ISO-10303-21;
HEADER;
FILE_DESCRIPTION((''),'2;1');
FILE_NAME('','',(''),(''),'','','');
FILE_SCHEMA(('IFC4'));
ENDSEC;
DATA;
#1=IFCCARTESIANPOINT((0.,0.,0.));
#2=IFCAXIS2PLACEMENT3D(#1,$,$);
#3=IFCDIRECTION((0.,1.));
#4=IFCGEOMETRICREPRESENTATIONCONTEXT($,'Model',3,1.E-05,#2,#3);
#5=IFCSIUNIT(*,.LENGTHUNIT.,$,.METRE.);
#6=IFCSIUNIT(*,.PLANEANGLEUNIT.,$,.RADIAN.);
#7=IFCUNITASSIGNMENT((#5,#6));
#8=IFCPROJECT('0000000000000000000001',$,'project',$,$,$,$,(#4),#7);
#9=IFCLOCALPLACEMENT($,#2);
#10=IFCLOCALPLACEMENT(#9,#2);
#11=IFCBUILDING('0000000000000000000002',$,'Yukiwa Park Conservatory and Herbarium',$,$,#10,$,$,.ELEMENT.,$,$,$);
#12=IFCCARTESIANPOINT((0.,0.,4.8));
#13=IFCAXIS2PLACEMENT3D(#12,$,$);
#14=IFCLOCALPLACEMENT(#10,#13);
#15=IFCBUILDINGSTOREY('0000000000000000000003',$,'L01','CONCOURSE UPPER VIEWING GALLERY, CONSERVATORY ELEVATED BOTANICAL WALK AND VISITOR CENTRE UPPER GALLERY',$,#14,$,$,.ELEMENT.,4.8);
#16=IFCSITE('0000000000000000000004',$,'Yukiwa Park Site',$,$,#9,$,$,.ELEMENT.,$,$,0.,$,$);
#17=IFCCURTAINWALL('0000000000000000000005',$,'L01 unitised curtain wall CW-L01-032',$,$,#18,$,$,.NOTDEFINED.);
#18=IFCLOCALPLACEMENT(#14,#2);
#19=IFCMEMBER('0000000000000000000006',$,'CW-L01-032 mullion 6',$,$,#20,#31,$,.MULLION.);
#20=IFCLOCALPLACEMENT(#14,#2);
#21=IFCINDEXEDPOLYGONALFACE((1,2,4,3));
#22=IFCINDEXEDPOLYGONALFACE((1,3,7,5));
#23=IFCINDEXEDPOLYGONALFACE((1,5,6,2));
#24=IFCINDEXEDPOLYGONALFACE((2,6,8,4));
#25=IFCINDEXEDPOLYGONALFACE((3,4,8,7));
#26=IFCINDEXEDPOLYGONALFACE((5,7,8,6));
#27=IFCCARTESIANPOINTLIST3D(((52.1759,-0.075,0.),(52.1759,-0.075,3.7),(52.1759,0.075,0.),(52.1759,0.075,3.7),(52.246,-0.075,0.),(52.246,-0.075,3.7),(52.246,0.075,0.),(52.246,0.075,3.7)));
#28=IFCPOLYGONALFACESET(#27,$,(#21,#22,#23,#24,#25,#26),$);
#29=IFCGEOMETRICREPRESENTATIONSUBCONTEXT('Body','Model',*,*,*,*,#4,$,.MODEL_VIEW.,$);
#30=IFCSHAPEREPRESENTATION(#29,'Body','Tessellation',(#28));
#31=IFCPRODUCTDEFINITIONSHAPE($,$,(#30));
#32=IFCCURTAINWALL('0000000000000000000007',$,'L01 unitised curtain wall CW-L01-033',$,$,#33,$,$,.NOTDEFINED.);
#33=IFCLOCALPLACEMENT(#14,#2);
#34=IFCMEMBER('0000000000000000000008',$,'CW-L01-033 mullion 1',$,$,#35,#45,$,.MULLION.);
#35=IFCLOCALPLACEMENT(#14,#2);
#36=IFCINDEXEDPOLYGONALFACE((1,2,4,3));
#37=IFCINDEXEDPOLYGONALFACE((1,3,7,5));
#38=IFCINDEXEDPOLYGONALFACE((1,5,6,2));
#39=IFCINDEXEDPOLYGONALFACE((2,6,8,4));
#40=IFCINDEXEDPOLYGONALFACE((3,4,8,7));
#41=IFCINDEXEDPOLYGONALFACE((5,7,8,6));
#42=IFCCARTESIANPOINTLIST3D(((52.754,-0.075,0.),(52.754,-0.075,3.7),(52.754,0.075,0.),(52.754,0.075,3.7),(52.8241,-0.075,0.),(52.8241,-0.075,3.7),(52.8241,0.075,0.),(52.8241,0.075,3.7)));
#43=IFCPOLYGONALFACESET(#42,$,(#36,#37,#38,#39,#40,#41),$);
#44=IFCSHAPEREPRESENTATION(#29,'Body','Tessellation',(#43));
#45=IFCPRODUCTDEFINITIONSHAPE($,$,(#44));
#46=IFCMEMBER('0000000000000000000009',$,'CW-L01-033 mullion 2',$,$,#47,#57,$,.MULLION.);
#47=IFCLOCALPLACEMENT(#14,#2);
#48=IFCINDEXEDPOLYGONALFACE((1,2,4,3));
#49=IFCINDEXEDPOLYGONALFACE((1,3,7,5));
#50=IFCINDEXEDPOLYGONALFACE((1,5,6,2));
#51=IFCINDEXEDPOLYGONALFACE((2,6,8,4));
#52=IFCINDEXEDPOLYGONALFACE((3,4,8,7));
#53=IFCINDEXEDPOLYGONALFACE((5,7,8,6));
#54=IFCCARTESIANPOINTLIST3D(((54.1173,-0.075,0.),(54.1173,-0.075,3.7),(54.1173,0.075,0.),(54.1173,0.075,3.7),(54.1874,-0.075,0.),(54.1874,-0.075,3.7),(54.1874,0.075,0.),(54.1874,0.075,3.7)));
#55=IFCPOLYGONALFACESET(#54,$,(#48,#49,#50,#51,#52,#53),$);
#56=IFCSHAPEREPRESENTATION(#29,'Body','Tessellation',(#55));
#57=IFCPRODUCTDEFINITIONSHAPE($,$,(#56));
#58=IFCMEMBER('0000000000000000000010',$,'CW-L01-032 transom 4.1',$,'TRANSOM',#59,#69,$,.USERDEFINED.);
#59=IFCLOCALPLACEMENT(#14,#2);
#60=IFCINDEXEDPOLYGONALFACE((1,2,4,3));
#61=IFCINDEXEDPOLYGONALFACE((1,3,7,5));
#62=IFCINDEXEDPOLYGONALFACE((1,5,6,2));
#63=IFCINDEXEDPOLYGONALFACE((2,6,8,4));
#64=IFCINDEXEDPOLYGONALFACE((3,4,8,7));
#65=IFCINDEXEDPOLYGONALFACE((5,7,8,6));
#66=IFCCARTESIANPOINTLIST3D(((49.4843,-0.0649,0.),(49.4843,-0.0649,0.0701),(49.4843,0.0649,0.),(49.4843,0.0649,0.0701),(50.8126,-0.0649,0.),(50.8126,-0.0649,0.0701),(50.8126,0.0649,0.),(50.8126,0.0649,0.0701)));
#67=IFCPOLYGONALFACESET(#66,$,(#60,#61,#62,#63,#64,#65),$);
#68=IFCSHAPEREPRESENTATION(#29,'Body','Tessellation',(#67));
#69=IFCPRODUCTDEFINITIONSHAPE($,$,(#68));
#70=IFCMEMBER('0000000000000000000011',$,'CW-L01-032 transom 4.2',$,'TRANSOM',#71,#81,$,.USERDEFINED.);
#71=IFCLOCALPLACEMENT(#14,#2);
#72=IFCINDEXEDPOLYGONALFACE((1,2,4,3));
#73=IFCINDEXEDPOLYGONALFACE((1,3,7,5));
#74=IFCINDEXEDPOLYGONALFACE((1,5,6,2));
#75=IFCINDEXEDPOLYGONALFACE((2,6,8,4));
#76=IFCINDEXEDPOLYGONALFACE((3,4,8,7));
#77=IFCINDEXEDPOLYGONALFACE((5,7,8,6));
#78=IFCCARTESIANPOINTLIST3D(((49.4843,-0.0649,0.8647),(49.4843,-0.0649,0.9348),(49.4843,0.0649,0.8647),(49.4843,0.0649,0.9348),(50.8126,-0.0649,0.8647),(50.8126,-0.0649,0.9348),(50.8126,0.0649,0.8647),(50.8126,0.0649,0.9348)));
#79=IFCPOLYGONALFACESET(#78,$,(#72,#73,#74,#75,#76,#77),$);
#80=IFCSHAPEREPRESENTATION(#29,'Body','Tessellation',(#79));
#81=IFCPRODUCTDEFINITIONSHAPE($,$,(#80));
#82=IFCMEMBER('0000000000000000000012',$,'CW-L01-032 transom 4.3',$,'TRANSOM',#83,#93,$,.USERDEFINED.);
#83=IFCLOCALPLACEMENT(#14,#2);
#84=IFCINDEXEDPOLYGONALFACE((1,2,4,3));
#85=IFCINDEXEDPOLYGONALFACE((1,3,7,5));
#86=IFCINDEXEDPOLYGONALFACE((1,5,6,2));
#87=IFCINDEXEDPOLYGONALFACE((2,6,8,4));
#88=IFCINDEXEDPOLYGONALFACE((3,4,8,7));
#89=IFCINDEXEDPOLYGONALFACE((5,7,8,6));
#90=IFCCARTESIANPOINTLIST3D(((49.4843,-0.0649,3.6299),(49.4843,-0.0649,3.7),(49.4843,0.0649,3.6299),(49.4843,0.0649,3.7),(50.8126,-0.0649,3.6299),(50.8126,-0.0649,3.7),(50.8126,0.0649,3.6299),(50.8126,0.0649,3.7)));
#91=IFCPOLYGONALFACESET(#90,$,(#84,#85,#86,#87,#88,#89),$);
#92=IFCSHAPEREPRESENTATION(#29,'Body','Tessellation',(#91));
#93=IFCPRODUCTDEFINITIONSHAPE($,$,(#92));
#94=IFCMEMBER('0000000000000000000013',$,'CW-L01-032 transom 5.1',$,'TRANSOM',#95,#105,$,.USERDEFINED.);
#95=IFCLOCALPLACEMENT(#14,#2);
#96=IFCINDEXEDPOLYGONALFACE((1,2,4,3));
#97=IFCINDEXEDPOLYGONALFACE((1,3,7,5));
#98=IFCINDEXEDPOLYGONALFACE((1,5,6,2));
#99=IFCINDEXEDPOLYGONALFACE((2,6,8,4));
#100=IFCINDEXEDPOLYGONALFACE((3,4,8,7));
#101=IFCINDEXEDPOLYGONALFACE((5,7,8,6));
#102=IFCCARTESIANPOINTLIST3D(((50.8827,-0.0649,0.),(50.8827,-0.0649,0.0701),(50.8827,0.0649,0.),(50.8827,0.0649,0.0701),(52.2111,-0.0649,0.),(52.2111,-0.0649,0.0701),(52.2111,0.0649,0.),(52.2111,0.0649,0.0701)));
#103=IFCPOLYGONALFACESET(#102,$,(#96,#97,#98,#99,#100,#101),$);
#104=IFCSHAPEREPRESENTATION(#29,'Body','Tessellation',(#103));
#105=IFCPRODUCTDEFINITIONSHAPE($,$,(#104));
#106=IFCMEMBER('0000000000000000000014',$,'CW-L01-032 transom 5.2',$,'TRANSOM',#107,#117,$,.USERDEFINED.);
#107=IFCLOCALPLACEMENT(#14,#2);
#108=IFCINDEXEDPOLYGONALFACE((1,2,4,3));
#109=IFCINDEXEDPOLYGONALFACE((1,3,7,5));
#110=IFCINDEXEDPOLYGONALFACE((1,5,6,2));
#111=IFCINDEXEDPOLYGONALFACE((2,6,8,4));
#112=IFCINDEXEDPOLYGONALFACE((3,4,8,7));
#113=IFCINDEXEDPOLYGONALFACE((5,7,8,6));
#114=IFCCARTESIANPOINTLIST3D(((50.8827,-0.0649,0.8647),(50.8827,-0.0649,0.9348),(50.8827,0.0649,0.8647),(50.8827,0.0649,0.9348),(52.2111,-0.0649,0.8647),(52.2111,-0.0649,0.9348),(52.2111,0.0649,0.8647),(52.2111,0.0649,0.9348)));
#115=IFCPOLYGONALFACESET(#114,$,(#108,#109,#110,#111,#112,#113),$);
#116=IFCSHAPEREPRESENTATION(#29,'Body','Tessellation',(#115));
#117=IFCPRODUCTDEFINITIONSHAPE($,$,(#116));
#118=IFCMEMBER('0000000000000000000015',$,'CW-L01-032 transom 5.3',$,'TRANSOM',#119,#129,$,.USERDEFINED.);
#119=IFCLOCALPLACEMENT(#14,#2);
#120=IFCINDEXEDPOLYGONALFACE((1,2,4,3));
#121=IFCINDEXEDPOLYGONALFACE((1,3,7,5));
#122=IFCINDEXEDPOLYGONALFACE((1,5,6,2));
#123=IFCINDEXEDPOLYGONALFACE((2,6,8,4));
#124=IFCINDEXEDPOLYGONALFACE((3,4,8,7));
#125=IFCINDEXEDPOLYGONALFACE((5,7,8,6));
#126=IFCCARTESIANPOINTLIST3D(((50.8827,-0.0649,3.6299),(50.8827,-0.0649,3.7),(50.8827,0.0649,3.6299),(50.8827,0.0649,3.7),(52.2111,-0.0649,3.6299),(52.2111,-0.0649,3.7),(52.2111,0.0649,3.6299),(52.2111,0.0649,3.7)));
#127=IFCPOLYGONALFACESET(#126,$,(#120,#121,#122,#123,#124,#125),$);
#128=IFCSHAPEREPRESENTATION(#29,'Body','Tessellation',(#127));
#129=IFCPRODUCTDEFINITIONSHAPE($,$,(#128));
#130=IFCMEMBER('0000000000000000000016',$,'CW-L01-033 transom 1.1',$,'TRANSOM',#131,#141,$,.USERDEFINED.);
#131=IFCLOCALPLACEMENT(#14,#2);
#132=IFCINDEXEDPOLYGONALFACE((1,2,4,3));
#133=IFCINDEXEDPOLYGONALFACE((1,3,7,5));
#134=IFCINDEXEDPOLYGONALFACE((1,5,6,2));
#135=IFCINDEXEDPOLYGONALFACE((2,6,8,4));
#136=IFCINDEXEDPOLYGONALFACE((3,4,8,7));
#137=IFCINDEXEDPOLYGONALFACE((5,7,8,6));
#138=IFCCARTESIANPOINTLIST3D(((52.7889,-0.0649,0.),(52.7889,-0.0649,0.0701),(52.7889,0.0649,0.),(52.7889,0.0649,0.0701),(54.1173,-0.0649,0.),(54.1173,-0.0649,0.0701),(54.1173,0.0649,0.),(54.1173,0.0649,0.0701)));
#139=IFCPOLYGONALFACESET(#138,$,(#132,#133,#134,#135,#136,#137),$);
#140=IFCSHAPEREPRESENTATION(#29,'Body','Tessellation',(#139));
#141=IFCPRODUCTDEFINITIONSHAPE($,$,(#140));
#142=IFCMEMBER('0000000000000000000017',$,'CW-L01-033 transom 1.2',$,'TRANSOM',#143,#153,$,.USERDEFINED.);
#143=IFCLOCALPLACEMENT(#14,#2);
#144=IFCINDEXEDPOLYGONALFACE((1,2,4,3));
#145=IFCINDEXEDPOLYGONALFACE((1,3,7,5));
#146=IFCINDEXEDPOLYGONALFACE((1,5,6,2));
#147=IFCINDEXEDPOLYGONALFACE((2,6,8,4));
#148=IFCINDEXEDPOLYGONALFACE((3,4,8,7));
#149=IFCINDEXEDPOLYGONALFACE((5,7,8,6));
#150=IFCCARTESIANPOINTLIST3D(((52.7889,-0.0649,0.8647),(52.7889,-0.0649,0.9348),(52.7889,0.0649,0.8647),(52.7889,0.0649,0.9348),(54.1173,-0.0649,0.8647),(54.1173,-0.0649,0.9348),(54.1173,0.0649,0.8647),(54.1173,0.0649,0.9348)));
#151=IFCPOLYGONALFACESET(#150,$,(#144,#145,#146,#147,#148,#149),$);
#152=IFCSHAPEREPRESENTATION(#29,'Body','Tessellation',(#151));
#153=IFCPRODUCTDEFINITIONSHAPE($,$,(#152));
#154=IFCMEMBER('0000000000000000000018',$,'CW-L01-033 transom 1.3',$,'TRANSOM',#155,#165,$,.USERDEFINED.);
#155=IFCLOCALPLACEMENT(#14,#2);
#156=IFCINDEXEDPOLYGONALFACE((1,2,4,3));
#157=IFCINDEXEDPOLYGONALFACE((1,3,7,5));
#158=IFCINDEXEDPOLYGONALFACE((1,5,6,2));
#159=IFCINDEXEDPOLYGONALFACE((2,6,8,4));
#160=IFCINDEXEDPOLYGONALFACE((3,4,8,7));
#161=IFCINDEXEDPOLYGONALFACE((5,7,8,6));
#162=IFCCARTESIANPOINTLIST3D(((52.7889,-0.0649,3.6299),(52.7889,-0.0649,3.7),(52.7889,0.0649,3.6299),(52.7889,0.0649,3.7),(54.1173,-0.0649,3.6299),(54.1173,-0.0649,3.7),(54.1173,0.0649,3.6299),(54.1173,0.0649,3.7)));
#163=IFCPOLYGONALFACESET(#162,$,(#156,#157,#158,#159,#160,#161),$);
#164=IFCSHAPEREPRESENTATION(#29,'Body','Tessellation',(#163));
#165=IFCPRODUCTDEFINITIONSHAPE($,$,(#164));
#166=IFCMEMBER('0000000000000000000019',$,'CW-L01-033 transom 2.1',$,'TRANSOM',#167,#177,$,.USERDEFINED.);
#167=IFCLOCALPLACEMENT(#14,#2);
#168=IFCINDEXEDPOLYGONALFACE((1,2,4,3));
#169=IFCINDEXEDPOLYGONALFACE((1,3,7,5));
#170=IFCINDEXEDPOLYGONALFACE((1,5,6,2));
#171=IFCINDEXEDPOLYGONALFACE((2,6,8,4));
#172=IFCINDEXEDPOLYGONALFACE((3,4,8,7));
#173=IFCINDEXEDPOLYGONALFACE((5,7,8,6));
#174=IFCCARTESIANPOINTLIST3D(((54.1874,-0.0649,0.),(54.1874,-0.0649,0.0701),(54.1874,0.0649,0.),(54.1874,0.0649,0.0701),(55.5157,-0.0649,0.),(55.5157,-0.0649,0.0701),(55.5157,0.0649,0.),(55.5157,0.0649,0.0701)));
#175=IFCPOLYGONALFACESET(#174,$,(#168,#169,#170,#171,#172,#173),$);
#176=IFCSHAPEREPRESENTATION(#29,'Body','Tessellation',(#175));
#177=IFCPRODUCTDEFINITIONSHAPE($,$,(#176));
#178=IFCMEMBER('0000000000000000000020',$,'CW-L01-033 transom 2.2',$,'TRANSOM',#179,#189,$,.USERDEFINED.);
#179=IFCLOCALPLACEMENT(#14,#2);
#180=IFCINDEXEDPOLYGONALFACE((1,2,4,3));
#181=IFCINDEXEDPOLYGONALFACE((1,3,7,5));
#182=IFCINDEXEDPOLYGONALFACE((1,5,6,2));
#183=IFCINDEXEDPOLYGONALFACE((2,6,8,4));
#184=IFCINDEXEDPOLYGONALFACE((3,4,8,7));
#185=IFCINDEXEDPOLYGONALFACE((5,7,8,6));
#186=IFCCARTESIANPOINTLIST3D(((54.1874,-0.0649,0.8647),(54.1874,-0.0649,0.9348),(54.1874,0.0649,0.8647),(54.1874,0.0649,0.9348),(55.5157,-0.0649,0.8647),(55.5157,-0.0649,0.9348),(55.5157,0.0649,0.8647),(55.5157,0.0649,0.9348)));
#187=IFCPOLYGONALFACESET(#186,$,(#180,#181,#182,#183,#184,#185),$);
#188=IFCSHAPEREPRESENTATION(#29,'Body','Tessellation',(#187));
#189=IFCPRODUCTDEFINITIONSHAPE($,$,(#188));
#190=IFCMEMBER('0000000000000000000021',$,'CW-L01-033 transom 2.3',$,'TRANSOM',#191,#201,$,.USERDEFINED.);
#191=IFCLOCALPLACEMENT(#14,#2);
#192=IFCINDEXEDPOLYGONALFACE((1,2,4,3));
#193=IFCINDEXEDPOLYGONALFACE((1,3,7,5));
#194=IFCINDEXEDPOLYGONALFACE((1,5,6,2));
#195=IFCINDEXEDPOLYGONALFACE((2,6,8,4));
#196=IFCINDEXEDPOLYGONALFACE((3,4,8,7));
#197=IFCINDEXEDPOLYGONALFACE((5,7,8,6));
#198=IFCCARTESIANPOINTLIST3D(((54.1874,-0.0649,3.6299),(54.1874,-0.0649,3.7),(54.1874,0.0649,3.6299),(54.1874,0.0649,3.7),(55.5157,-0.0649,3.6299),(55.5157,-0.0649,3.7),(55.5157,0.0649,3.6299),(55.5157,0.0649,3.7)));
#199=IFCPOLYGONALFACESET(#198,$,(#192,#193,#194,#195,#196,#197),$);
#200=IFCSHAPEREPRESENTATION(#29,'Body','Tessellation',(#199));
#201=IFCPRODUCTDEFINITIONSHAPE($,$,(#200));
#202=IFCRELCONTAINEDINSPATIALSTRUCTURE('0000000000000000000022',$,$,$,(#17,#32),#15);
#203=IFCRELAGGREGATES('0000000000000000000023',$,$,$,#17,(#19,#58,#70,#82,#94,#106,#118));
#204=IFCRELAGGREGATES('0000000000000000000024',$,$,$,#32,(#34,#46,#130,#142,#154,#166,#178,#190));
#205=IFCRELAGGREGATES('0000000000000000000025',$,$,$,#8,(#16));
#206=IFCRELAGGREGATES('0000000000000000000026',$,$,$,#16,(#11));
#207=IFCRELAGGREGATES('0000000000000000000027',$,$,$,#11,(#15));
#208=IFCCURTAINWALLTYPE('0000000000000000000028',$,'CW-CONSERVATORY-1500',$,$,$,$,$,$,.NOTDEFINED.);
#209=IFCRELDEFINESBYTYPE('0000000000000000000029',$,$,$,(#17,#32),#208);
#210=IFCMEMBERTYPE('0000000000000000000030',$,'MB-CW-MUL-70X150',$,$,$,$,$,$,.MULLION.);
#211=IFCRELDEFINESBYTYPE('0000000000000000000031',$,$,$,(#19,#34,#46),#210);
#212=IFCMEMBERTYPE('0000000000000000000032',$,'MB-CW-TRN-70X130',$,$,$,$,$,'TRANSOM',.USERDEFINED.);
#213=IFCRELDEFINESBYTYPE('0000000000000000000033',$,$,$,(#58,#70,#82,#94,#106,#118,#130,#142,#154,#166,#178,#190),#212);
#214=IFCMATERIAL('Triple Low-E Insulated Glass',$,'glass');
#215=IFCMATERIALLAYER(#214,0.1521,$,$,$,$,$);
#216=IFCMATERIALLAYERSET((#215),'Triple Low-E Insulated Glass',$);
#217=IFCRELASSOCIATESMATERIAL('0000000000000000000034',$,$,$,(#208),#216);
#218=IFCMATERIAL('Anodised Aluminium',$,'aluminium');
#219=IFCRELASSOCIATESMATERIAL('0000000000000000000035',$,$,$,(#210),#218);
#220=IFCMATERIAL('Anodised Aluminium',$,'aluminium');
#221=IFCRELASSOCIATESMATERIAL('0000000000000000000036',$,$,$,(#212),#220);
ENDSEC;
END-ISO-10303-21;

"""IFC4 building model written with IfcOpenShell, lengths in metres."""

from ifc_helpers import new_model, si_unit, direction, frame, origin, origin_2d, place, context, subcontext, project, spatial, rectangle, extrude, material, layer, layer_set, type_object, element, aggregate, save


model = new_model("IFC4")

# Units and contexts
model_context = context("Model", 3, precision=1e-05, world=origin(), true_north=direction((0.0, 1.0)))
body_context = subcontext(model_context, "Body", "Model", "MODEL_VIEW")
ifc_project = project(units=[si_unit("LENGTHUNIT", "METRE"), si_unit("PLANEANGLEUNIT", "RADIAN")], contexts=[model_context])

# Site, building, storey
site_placement = place(None, origin())
site = spatial("IfcSite", under=ifc_project, at=site_placement, Name="Yukiwa Park Site", CompositionType="ELEMENT", RefElevation=0.0)
building_placement = place(site_placement, origin())
building = spatial("IfcBuilding", under=site, at=building_placement, Name="Yukiwa Park Conservatory and Herbarium", CompositionType="ELEMENT")
storey_placement = place(building_placement, frame((0.0, 0.0, 4.8)))
storey = spatial("IfcBuildingStorey", under=building, at=storey_placement, Name="L01", Description="CONCOURSE UPPER VIEWING GALLERY, CONSERVATORY ELEVATED BOTANICAL WALK AND VISITOR CENTRE UPPER GALLERY", CompositionType="ELEMENT", Elevation=4.8)

# Curtain walls, members
ifc_material_1 = material(Name="Triple Low-E Insulated Glass", Category="glass")
ifc_layer_1 = layer(ifc_material_1, 0.1521)
ifc_layer_set_1 = layer_set([ifc_layer_1], Name="Triple Low-E Insulated Glass")
curtain_wall_type = type_object("IfcCurtainWallType", Name="CW-CONSERVATORY-1500", PredefinedType="NOTDEFINED", material=ifc_layer_set_1)
curtain_wall_1_placement = place(storey_placement, origin())
curtain_wall_1 = element("IfcCurtainWall", 1, at=curtain_wall_1_placement, inside=storey, type_object=curtain_wall_type, Name="L01 unitised curtain wall CW-L01-032", PredefinedType="NOTDEFINED")
ifc_material_2 = material(Name="Anodised Aluminium", Category="aluminium")
member_type_1 = type_object("IfcMemberType", Name="MB-CW-MUL-70X150", PredefinedType="MULLION", material=ifc_material_2)
member_1_placement = place(storey_placement, frame((52.2109, 0.0, 0.0), z_axis=(0.0, 0.0, 1.0), x_axis=(1.0, 0.0, 0.0)))
member_1 = element("IfcMember", 2, at=member_1_placement, type_object=member_type_1, Name="CW-L01-032 mullion 6", PredefinedType="MULLION", context=body_context, shape_type="SweptSolid", body=[
    extrude(rectangle(XDim=0.0701, YDim=0.1499, at=origin_2d()), origin(), (0.0, 0.0, 1.0), 3.7),
])
curtain_wall_2_placement = place(storey_placement, origin())
curtain_wall_2 = element("IfcCurtainWall", 3, at=curtain_wall_2_placement, inside=storey, type_object=curtain_wall_type, Name="L01 unitised curtain wall CW-L01-033", PredefinedType="NOTDEFINED")
member_2_placement = place(storey_placement, frame((52.7891, 0.0, 0.0), z_axis=(0.0, 0.0, 1.0), x_axis=(1.0, 0.0, 0.0)))
member_2 = element("IfcMember", 4, at=member_2_placement, type_object=member_type_1, Name="CW-L01-033 mullion 1", PredefinedType="MULLION", context=body_context, shape_type="SweptSolid", body=[
    extrude(rectangle(XDim=0.0701, YDim=0.1499, at=origin_2d()), origin(), (0.0, 0.0, 1.0), 3.7),
])
member_3_placement = place(storey_placement, frame((54.1523, 0.0, 0.0), z_axis=(0.0, 0.0, 1.0), x_axis=(1.0, 0.0, 0.0)))
member_3 = element("IfcMember", 5, at=member_3_placement, type_object=member_type_1, Name="CW-L01-033 mullion 2", PredefinedType="MULLION", context=body_context, shape_type="SweptSolid", body=[
    extrude(rectangle(XDim=0.0701, YDim=0.1499, at=origin_2d()), origin(), (0.0, 0.0, 1.0), 3.7),
])

# Members
ifc_material_3 = material(Name="Anodised Aluminium", Category="aluminium")
member_type_2 = type_object("IfcMemberType", Name="MB-CW-TRN-70X130", ElementType="TRANSOM", PredefinedType="USERDEFINED", material=ifc_material_3)
member_4_placement = place(storey_placement, frame((50.1484, 0.0, 0.0), z_axis=(0.0, 0.0, 1.0), x_axis=(1.0, 0.0, 0.0)))
member_4 = element("IfcMember", 6, at=member_4_placement, type_object=member_type_2, Name="CW-L01-032 transom 4.1", ObjectType="TRANSOM", PredefinedType="USERDEFINED", context=body_context, shape_type="SweptSolid", body=[
    extrude(rectangle(XDim=1.3284, YDim=0.1299, at=origin_2d()), origin(), (0.0, 0.0, 1.0), 0.0701),
])
member_5_placement = place(storey_placement, frame((50.1484, 0.0, 0.8647), z_axis=(0.0, 0.0, 1.0), x_axis=(1.0, 0.0, 0.0)))
member_5 = element("IfcMember", 7, at=member_5_placement, type_object=member_type_2, Name="CW-L01-032 transom 4.2", ObjectType="TRANSOM", PredefinedType="USERDEFINED", context=body_context, shape_type="SweptSolid", body=[
    extrude(rectangle(XDim=1.3284, YDim=0.1299, at=origin_2d()), origin(), (0.0, 0.0, 1.0), 0.0701),
])
member_6_placement = place(storey_placement, frame((50.1484, 0.0, 3.6299), z_axis=(0.0, 0.0, 1.0), x_axis=(1.0, 0.0, 0.0)))
member_6 = element("IfcMember", 8, at=member_6_placement, type_object=member_type_2, Name="CW-L01-032 transom 4.3", ObjectType="TRANSOM", PredefinedType="USERDEFINED", context=body_context, shape_type="SweptSolid", body=[
    extrude(rectangle(XDim=1.3284, YDim=0.1299, at=origin_2d()), origin(), (0.0, 0.0, 1.0), 0.0701),
])
member_7_placement = place(storey_placement, frame((51.5469, 0.0, 0.0), z_axis=(0.0, 0.0, 1.0), x_axis=(1.0, 0.0, 0.0)))
member_7 = element("IfcMember", 9, at=member_7_placement, type_object=member_type_2, Name="CW-L01-032 transom 5.1", ObjectType="TRANSOM", PredefinedType="USERDEFINED", context=body_context, shape_type="SweptSolid", body=[
    extrude(rectangle(XDim=1.3284, YDim=0.1299, at=origin_2d()), origin(), (0.0, 0.0, 1.0), 0.0701),
])
member_8_placement = place(storey_placement, frame((51.5469, 0.0, 0.8647), z_axis=(0.0, 0.0, 1.0), x_axis=(1.0, 0.0, 0.0)))
member_8 = element("IfcMember", 10, at=member_8_placement, type_object=member_type_2, Name="CW-L01-032 transom 5.2", ObjectType="TRANSOM", PredefinedType="USERDEFINED", context=body_context, shape_type="SweptSolid", body=[
    extrude(rectangle(XDim=1.3284, YDim=0.1299, at=origin_2d()), origin(), (0.0, 0.0, 1.0), 0.0701),
])
member_9_placement = place(storey_placement, frame((51.5469, 0.0, 3.6299), z_axis=(0.0, 0.0, 1.0), x_axis=(1.0, 0.0, 0.0)))
member_9 = element("IfcMember", 11, at=member_9_placement, type_object=member_type_2, Name="CW-L01-032 transom 5.3", ObjectType="TRANSOM", PredefinedType="USERDEFINED", context=body_context, shape_type="SweptSolid", body=[
    extrude(rectangle(XDim=1.3284, YDim=0.1299, at=origin_2d()), origin(), (0.0, 0.0, 1.0), 0.0701),
])
member_10_placement = place(storey_placement, frame((53.4531, 0.0, 0.0), z_axis=(0.0, 0.0, 1.0), x_axis=(1.0, 0.0, 0.0)))
member_10 = element("IfcMember", 12, at=member_10_placement, type_object=member_type_2, Name="CW-L01-033 transom 1.1", ObjectType="TRANSOM", PredefinedType="USERDEFINED", context=body_context, shape_type="SweptSolid", body=[
    extrude(rectangle(XDim=1.3284, YDim=0.1299, at=origin_2d()), origin(), (0.0, 0.0, 1.0), 0.0701),
])
member_11_placement = place(storey_placement, frame((53.4531, 0.0, 0.8647), z_axis=(0.0, 0.0, 1.0), x_axis=(1.0, 0.0, 0.0)))
member_11 = element("IfcMember", 13, at=member_11_placement, type_object=member_type_2, Name="CW-L01-033 transom 1.2", ObjectType="TRANSOM", PredefinedType="USERDEFINED", context=body_context, shape_type="SweptSolid", body=[
    extrude(rectangle(XDim=1.3284, YDim=0.1299, at=origin_2d()), origin(), (0.0, 0.0, 1.0), 0.0701),
])
member_12_placement = place(storey_placement, frame((53.4531, 0.0, 3.6299), z_axis=(0.0, 0.0, 1.0), x_axis=(1.0, 0.0, 0.0)))
member_12 = element("IfcMember", 14, at=member_12_placement, type_object=member_type_2, Name="CW-L01-033 transom 1.3", ObjectType="TRANSOM", PredefinedType="USERDEFINED", context=body_context, shape_type="SweptSolid", body=[
    extrude(rectangle(XDim=1.3284, YDim=0.1299, at=origin_2d()), origin(), (0.0, 0.0, 1.0), 0.0701),
])
member_13_placement = place(storey_placement, frame((54.8516, 0.0, 0.0), z_axis=(0.0, 0.0, 1.0), x_axis=(1.0, 0.0, 0.0)))
member_13 = element("IfcMember", 15, at=member_13_placement, type_object=member_type_2, Name="CW-L01-033 transom 2.1", ObjectType="TRANSOM", PredefinedType="USERDEFINED", context=body_context, shape_type="SweptSolid", body=[
    extrude(rectangle(XDim=1.3284, YDim=0.1299, at=origin_2d()), origin(), (0.0, 0.0, 1.0), 0.0701),
])
member_14_placement = place(storey_placement, frame((54.8516, 0.0, 0.8647), z_axis=(0.0, 0.0, 1.0), x_axis=(1.0, 0.0, 0.0)))
member_14 = element("IfcMember", 16, at=member_14_placement, type_object=member_type_2, Name="CW-L01-033 transom 2.2", ObjectType="TRANSOM", PredefinedType="USERDEFINED", context=body_context, shape_type="SweptSolid", body=[
    extrude(rectangle(XDim=1.3284, YDim=0.1299, at=origin_2d()), origin(), (0.0, 0.0, 1.0), 0.0701),
])
member_15_placement = place(storey_placement, frame((54.8516, 0.0, 3.6299), z_axis=(0.0, 0.0, 1.0), x_axis=(1.0, 0.0, 0.0)))
member_15 = element("IfcMember", 17, at=member_15_placement, type_object=member_type_2, Name="CW-L01-033 transom 2.3", ObjectType="TRANSOM", PredefinedType="USERDEFINED", context=body_context, shape_type="SweptSolid", body=[
    extrude(rectangle(XDim=1.3284, YDim=0.1299, at=origin_2d()), origin(), (0.0, 0.0, 1.0), 0.0701),
])

aggregate(curtain_wall_1, [member_1, member_4, member_5, member_6, member_7, member_8, member_9])
aggregate(curtain_wall_2, [member_2, member_3, member_10, member_11, member_12, member_13, member_14, member_15])

save(model, "model.ifc")
